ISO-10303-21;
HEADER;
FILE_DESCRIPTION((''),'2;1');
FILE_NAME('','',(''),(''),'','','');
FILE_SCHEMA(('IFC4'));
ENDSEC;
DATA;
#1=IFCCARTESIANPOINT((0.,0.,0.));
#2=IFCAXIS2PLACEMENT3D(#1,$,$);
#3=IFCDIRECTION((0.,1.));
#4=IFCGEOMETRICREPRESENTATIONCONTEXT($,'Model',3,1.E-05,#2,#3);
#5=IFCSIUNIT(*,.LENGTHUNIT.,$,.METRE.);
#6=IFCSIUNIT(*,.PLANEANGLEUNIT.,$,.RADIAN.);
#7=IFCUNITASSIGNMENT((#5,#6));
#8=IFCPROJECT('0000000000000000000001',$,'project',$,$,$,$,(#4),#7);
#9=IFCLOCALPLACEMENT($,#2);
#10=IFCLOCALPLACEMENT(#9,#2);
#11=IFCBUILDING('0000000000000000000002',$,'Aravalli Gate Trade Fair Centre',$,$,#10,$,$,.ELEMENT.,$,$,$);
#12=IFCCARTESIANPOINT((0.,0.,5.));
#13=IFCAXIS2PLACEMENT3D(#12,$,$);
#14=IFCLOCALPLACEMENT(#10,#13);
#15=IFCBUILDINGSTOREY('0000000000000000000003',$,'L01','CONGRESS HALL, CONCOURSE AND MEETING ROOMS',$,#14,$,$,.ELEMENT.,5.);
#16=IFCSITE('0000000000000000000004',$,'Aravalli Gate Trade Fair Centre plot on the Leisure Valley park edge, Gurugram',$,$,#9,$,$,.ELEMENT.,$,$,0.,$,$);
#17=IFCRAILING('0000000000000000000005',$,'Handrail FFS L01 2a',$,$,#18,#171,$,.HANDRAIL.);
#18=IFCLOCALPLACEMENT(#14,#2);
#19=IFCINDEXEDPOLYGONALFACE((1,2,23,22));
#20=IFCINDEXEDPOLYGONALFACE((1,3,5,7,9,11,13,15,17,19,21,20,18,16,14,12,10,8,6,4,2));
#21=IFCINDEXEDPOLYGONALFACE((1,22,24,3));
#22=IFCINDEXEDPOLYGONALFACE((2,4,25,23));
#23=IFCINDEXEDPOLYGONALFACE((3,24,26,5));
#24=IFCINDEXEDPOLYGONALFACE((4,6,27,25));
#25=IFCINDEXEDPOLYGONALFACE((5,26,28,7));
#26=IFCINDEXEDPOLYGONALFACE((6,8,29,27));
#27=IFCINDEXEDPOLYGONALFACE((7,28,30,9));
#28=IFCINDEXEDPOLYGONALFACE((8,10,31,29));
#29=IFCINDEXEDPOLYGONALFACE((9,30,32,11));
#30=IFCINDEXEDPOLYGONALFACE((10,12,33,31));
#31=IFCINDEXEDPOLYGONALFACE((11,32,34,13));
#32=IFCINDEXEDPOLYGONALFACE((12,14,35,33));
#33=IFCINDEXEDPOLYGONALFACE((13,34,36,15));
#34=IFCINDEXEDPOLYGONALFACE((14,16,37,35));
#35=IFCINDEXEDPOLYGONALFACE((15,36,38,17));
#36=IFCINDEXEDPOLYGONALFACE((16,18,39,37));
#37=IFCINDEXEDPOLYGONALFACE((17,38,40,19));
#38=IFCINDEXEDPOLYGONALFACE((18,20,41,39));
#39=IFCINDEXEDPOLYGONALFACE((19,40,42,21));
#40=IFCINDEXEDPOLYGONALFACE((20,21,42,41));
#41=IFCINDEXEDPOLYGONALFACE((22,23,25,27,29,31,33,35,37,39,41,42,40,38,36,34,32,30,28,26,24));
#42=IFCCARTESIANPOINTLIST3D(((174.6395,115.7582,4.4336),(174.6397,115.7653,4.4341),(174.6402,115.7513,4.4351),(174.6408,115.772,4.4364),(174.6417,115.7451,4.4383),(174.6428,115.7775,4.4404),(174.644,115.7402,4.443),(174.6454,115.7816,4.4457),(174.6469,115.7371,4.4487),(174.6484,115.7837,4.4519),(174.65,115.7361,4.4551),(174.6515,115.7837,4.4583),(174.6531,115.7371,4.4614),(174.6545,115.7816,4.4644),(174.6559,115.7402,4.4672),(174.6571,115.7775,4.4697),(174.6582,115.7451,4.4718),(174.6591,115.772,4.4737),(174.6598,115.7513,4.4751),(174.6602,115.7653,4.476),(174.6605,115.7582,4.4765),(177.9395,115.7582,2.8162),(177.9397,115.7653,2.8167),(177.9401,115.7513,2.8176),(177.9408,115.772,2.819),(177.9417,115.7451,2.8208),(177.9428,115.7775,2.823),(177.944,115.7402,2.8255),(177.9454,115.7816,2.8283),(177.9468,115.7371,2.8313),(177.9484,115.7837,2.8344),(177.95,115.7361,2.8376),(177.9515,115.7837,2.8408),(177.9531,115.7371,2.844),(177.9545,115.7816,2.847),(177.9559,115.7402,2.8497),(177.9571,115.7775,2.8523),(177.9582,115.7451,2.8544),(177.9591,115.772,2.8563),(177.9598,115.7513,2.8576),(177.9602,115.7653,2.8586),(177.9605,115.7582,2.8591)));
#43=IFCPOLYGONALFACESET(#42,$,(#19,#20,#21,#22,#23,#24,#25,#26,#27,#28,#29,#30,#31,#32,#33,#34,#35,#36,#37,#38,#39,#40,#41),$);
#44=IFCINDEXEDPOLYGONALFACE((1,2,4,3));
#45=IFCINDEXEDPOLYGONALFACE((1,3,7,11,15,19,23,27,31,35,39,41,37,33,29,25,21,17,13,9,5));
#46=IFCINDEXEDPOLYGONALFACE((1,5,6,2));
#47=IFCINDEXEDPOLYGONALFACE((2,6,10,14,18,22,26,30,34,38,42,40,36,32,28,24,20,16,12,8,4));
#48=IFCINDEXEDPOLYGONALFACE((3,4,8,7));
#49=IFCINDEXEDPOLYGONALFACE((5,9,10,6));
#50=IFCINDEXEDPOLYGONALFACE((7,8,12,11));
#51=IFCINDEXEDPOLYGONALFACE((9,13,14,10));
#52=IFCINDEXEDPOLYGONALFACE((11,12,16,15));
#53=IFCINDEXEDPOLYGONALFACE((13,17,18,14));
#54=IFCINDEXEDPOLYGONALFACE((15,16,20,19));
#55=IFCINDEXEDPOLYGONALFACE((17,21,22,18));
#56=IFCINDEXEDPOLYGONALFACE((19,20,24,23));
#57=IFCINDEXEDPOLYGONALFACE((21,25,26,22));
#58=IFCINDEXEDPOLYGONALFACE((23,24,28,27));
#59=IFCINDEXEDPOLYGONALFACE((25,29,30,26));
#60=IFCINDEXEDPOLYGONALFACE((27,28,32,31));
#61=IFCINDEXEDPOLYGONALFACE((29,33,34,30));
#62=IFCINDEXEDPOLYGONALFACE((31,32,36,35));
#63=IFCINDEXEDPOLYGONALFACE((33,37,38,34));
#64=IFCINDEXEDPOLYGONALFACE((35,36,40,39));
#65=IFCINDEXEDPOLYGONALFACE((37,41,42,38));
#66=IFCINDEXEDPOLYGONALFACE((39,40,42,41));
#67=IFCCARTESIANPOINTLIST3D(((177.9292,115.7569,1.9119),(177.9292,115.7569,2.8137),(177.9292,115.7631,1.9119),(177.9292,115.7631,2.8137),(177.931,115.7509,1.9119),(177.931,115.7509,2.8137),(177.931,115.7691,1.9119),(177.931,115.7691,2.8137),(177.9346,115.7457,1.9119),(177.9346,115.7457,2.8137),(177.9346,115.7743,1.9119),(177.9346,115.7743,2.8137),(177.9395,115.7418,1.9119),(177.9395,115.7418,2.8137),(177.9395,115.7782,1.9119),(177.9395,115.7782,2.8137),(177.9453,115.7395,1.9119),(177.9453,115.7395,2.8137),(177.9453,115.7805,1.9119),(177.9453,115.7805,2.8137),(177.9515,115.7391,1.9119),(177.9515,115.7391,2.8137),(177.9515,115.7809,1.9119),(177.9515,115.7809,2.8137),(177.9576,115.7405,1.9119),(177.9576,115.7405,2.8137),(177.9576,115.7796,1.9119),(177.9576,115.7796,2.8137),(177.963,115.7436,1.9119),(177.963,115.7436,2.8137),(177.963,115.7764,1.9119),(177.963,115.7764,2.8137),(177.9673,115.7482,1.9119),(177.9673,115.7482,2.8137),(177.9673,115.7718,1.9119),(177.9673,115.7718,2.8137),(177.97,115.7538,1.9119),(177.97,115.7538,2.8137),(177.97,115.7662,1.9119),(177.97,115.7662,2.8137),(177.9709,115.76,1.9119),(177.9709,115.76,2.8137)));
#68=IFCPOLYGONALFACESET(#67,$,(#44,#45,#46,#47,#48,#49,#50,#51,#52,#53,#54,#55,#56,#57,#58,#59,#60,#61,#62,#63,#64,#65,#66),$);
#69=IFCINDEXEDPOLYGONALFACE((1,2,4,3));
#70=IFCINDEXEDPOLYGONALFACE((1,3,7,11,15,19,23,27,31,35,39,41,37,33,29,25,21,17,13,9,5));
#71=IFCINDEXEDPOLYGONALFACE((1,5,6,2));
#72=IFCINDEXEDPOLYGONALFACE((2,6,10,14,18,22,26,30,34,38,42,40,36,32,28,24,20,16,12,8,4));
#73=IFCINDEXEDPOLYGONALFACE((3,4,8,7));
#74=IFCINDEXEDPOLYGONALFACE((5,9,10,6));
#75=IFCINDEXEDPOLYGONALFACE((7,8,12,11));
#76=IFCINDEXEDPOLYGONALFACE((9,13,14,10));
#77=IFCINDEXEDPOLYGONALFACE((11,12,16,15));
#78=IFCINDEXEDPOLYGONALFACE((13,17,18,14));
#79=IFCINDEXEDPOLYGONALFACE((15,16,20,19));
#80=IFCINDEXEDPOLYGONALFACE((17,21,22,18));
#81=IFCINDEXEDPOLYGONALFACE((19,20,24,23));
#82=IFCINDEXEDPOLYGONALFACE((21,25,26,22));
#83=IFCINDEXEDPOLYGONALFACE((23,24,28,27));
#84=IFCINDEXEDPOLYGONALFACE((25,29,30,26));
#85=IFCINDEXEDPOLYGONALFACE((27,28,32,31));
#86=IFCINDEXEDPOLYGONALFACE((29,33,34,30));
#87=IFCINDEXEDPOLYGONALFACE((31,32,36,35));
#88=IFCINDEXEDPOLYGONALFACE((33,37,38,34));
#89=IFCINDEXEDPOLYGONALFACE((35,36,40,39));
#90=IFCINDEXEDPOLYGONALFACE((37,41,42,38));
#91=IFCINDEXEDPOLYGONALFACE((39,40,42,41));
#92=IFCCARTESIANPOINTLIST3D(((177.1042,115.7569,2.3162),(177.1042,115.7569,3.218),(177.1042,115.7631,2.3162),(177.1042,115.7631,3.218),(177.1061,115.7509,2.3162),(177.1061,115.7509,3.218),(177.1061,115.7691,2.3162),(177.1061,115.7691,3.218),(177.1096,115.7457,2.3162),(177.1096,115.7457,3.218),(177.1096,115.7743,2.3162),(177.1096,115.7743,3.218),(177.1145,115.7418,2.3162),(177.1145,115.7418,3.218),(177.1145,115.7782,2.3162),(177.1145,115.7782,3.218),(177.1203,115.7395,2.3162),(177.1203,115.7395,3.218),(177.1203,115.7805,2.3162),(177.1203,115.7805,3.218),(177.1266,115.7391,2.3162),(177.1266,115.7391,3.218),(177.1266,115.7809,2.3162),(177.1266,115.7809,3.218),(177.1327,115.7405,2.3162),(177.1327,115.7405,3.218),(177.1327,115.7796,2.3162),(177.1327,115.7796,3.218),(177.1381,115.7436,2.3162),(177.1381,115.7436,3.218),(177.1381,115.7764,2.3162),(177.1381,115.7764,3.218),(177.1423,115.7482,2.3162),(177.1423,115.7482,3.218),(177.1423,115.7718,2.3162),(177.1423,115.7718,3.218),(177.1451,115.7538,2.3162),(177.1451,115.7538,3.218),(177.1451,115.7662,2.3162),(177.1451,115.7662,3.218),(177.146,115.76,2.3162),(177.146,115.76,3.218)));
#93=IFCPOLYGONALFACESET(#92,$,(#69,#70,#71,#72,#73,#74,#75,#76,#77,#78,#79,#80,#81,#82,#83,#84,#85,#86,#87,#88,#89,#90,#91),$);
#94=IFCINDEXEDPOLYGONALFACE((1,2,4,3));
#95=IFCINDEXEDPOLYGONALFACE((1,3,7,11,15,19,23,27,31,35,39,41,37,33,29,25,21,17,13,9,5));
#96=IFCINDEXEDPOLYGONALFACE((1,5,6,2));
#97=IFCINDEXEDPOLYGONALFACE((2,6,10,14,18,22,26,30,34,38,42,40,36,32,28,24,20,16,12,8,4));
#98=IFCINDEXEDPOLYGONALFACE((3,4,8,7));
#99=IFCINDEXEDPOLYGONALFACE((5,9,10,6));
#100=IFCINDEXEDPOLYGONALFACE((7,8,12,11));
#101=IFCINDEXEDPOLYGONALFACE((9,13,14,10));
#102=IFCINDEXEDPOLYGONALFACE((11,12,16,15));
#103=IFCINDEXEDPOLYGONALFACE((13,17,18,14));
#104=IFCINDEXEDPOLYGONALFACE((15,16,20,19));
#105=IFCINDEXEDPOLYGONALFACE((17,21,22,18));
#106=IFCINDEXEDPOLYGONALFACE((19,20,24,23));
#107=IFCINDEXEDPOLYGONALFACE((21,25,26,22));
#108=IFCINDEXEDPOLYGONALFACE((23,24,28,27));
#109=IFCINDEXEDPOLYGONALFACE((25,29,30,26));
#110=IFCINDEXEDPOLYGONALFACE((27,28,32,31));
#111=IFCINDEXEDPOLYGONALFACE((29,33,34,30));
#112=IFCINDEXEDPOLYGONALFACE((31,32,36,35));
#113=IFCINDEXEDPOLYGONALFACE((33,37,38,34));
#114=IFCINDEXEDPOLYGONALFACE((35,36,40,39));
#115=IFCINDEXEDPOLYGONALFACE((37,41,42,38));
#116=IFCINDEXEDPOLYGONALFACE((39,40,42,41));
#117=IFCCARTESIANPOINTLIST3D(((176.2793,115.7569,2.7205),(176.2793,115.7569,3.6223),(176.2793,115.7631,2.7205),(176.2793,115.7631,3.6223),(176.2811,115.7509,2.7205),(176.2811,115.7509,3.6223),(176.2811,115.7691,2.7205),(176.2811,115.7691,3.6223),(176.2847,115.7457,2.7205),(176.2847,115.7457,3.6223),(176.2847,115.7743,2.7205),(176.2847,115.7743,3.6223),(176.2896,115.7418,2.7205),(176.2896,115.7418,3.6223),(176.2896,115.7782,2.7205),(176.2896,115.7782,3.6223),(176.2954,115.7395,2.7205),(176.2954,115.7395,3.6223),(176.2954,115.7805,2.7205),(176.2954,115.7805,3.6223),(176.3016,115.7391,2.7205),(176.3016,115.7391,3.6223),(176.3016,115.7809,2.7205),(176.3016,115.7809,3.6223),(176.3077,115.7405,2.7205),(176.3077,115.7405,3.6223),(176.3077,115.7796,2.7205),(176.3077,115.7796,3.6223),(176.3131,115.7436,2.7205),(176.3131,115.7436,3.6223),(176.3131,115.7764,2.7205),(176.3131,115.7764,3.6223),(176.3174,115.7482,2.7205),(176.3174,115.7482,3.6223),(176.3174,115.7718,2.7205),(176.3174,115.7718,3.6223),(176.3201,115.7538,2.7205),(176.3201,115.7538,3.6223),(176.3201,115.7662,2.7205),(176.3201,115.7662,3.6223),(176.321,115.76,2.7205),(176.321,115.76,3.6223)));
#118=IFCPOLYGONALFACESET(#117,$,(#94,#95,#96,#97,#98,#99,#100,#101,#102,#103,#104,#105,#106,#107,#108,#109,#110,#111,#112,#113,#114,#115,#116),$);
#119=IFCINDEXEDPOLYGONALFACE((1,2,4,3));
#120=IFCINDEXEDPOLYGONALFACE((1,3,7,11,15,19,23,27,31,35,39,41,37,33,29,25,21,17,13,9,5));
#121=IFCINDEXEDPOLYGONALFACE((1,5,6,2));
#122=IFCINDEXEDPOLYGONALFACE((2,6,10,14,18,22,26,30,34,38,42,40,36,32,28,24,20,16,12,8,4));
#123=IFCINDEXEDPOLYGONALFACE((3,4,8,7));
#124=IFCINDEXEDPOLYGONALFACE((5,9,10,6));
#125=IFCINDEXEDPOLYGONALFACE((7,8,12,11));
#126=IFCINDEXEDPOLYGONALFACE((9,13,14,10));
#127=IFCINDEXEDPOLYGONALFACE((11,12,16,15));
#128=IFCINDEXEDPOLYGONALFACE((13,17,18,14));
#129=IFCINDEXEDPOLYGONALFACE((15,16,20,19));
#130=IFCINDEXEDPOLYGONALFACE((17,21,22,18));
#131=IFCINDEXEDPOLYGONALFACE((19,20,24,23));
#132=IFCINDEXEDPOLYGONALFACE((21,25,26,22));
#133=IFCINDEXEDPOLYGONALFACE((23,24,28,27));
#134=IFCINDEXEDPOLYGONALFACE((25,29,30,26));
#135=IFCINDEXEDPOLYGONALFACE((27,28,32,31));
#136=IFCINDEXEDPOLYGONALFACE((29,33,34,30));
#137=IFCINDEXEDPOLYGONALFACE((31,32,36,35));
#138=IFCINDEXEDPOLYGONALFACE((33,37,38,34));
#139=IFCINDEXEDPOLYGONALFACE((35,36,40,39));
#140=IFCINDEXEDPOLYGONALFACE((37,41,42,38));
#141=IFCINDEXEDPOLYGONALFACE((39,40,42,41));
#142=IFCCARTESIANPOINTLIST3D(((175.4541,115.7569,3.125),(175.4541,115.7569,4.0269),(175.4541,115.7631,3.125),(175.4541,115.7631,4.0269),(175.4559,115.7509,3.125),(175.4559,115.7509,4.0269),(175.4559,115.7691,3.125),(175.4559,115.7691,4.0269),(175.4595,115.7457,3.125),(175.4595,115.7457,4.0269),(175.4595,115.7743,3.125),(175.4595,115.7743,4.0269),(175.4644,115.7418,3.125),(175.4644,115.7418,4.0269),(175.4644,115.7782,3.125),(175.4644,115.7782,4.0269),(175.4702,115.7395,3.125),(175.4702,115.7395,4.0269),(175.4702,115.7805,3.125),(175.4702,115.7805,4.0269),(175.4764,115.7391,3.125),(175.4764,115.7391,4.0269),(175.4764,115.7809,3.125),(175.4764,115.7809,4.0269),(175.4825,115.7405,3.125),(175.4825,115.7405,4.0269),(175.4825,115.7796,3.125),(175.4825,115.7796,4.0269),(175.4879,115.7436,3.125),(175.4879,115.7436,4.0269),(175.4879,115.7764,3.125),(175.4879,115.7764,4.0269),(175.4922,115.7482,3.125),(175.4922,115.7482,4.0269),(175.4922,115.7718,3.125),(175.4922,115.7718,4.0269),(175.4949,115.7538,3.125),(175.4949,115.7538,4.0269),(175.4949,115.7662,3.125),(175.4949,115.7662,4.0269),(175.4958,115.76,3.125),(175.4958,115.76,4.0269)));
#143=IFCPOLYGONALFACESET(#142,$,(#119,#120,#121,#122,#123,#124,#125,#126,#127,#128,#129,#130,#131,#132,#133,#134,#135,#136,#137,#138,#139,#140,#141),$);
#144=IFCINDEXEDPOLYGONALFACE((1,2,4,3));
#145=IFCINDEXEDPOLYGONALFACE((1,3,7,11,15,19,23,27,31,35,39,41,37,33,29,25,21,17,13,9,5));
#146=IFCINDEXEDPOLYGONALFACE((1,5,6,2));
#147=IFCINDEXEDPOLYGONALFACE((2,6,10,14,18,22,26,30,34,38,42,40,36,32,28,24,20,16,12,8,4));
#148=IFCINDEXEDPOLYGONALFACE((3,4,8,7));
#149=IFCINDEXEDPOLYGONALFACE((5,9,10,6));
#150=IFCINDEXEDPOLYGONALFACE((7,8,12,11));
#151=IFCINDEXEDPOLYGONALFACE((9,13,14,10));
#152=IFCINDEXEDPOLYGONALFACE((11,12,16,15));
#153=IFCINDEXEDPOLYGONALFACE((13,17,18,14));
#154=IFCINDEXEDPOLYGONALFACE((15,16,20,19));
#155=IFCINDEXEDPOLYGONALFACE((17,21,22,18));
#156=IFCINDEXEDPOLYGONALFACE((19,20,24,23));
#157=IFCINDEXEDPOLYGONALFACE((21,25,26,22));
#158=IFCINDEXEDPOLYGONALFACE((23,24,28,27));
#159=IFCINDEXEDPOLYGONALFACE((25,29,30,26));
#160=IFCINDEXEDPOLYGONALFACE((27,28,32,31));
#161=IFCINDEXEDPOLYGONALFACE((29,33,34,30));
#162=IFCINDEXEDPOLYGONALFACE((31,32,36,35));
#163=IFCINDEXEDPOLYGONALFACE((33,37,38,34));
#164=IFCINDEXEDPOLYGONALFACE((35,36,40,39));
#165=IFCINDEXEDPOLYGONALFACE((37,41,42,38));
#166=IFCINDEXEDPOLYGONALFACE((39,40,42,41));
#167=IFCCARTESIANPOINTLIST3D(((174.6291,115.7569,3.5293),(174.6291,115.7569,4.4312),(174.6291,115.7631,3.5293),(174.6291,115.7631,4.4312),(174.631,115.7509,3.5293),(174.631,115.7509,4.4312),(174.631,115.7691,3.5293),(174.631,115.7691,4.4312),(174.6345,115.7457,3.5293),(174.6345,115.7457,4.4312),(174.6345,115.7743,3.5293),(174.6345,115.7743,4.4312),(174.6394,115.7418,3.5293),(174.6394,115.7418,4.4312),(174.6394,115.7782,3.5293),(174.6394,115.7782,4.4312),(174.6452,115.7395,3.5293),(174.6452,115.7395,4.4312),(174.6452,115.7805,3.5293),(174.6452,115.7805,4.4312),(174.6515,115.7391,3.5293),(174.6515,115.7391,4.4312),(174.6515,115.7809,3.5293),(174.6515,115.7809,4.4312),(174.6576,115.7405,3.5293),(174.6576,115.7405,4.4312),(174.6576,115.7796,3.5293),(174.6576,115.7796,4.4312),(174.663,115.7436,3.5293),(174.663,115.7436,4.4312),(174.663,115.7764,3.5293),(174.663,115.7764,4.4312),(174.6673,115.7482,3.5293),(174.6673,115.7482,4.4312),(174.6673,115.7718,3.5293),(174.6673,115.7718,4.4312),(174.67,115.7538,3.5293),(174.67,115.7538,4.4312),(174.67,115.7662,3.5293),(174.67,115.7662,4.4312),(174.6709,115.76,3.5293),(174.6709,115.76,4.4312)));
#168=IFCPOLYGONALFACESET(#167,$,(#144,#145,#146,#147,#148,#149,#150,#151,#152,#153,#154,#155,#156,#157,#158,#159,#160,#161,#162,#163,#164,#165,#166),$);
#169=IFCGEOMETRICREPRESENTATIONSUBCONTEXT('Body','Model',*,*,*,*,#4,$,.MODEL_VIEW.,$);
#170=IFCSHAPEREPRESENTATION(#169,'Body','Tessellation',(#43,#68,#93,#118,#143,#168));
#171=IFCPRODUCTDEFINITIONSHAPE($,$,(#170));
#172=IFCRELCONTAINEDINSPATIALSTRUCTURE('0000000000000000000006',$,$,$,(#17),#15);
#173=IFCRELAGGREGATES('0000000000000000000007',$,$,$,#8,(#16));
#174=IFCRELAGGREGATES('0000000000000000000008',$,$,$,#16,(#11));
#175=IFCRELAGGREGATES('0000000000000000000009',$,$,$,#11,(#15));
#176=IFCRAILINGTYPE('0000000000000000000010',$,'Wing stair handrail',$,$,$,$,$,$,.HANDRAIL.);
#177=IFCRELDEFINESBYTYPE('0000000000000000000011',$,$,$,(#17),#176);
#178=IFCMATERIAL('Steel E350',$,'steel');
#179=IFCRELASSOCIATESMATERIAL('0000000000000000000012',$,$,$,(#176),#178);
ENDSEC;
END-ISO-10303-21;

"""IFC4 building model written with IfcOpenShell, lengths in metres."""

from ifc_helpers import new_model, si_unit, direction, frame, origin, origin_2d, place, context, subcontext, project, spatial, circle, extrude, material, type_object, element, save


model = new_model("IFC4")

# Units and contexts
model_context = context("Model", 3, precision=1e-05, world=origin(), true_north=direction((0.0, 1.0)))
body_context = subcontext(model_context, "Body", "Model", "MODEL_VIEW")
ifc_project = project(units=[si_unit("LENGTHUNIT", "METRE"), si_unit("PLANEANGLEUNIT", "RADIAN")], contexts=[model_context])

# Site, building, storey
site_placement = place(None, origin())
site = spatial("IfcSite", under=ifc_project, at=site_placement, Name="Aravalli Gate Trade Fair Centre plot on the Leisure Valley park edge, Gurugram", CompositionType="ELEMENT", RefElevation=0.0)
building_placement = place(site_placement, origin())
building = spatial("IfcBuilding", under=site, at=building_placement, Name="Aravalli Gate Trade Fair Centre", CompositionType="ELEMENT")
storey_placement = place(building_placement, frame((0.0, 0.0, 5.0)))
storey = spatial("IfcBuildingStorey", under=building, at=storey_placement, Name="L01", Description="CONGRESS HALL, CONCOURSE AND MEETING ROOMS", CompositionType="ELEMENT", Elevation=5.0)

# Shared definitions
ifc_material_1 = material(Name="Steel E350", Category="steel")

# Railing
railing_type_1 = type_object("IfcRailingType", Name="Wing stair handrail", PredefinedType="HANDRAIL", material=ifc_material_1)
for number, where, name in (
    (1, (177.95, 115.76, 1.9119), "Handrail FFS L01 2a"),
):
    element("IfcRailing", number, at=place(storey_placement, frame(where)), inside=storey, type_object=railing_type_1, Name=name, PredefinedType="HANDRAIL", context=body_context, shape_type="SweptSolid", body=[
        extrude(circle(Radius=0.0239, at=origin_2d()), frame((0.0, 0.0, 0.9258), z_axis=(-0.897946, 0.0, 0.440105), x_axis=(0.0, -1.0, 0.0)), (0.0, 0.0, 1.0), 3.675),
        extrude(circle(Radius=0.021, at=origin_2d()), origin(), (0.0, 0.0, 1.0), 0.9019),
        extrude(circle(Radius=0.021, at=origin_2d()), frame((-0.825, 0.0, 0.4043)), (0.0, 0.0, 1.0), 0.9019),
        extrude(circle(Radius=0.021, at=origin_2d()), frame((-1.6499, 0.0, 0.8086)), (0.0, 0.0, 1.0), 0.9019),
        extrude(circle(Radius=0.021, at=origin_2d()), frame((-2.4751, 0.0, 1.2131)), (0.0, 0.0, 1.0), 0.9019),
        extrude(circle(Radius=0.021, at=origin_2d()), frame((-3.3, 0.0, 1.6174)), (0.0, 0.0, 1.0), 0.9019),
    ])

save(model, "model.ifc")
